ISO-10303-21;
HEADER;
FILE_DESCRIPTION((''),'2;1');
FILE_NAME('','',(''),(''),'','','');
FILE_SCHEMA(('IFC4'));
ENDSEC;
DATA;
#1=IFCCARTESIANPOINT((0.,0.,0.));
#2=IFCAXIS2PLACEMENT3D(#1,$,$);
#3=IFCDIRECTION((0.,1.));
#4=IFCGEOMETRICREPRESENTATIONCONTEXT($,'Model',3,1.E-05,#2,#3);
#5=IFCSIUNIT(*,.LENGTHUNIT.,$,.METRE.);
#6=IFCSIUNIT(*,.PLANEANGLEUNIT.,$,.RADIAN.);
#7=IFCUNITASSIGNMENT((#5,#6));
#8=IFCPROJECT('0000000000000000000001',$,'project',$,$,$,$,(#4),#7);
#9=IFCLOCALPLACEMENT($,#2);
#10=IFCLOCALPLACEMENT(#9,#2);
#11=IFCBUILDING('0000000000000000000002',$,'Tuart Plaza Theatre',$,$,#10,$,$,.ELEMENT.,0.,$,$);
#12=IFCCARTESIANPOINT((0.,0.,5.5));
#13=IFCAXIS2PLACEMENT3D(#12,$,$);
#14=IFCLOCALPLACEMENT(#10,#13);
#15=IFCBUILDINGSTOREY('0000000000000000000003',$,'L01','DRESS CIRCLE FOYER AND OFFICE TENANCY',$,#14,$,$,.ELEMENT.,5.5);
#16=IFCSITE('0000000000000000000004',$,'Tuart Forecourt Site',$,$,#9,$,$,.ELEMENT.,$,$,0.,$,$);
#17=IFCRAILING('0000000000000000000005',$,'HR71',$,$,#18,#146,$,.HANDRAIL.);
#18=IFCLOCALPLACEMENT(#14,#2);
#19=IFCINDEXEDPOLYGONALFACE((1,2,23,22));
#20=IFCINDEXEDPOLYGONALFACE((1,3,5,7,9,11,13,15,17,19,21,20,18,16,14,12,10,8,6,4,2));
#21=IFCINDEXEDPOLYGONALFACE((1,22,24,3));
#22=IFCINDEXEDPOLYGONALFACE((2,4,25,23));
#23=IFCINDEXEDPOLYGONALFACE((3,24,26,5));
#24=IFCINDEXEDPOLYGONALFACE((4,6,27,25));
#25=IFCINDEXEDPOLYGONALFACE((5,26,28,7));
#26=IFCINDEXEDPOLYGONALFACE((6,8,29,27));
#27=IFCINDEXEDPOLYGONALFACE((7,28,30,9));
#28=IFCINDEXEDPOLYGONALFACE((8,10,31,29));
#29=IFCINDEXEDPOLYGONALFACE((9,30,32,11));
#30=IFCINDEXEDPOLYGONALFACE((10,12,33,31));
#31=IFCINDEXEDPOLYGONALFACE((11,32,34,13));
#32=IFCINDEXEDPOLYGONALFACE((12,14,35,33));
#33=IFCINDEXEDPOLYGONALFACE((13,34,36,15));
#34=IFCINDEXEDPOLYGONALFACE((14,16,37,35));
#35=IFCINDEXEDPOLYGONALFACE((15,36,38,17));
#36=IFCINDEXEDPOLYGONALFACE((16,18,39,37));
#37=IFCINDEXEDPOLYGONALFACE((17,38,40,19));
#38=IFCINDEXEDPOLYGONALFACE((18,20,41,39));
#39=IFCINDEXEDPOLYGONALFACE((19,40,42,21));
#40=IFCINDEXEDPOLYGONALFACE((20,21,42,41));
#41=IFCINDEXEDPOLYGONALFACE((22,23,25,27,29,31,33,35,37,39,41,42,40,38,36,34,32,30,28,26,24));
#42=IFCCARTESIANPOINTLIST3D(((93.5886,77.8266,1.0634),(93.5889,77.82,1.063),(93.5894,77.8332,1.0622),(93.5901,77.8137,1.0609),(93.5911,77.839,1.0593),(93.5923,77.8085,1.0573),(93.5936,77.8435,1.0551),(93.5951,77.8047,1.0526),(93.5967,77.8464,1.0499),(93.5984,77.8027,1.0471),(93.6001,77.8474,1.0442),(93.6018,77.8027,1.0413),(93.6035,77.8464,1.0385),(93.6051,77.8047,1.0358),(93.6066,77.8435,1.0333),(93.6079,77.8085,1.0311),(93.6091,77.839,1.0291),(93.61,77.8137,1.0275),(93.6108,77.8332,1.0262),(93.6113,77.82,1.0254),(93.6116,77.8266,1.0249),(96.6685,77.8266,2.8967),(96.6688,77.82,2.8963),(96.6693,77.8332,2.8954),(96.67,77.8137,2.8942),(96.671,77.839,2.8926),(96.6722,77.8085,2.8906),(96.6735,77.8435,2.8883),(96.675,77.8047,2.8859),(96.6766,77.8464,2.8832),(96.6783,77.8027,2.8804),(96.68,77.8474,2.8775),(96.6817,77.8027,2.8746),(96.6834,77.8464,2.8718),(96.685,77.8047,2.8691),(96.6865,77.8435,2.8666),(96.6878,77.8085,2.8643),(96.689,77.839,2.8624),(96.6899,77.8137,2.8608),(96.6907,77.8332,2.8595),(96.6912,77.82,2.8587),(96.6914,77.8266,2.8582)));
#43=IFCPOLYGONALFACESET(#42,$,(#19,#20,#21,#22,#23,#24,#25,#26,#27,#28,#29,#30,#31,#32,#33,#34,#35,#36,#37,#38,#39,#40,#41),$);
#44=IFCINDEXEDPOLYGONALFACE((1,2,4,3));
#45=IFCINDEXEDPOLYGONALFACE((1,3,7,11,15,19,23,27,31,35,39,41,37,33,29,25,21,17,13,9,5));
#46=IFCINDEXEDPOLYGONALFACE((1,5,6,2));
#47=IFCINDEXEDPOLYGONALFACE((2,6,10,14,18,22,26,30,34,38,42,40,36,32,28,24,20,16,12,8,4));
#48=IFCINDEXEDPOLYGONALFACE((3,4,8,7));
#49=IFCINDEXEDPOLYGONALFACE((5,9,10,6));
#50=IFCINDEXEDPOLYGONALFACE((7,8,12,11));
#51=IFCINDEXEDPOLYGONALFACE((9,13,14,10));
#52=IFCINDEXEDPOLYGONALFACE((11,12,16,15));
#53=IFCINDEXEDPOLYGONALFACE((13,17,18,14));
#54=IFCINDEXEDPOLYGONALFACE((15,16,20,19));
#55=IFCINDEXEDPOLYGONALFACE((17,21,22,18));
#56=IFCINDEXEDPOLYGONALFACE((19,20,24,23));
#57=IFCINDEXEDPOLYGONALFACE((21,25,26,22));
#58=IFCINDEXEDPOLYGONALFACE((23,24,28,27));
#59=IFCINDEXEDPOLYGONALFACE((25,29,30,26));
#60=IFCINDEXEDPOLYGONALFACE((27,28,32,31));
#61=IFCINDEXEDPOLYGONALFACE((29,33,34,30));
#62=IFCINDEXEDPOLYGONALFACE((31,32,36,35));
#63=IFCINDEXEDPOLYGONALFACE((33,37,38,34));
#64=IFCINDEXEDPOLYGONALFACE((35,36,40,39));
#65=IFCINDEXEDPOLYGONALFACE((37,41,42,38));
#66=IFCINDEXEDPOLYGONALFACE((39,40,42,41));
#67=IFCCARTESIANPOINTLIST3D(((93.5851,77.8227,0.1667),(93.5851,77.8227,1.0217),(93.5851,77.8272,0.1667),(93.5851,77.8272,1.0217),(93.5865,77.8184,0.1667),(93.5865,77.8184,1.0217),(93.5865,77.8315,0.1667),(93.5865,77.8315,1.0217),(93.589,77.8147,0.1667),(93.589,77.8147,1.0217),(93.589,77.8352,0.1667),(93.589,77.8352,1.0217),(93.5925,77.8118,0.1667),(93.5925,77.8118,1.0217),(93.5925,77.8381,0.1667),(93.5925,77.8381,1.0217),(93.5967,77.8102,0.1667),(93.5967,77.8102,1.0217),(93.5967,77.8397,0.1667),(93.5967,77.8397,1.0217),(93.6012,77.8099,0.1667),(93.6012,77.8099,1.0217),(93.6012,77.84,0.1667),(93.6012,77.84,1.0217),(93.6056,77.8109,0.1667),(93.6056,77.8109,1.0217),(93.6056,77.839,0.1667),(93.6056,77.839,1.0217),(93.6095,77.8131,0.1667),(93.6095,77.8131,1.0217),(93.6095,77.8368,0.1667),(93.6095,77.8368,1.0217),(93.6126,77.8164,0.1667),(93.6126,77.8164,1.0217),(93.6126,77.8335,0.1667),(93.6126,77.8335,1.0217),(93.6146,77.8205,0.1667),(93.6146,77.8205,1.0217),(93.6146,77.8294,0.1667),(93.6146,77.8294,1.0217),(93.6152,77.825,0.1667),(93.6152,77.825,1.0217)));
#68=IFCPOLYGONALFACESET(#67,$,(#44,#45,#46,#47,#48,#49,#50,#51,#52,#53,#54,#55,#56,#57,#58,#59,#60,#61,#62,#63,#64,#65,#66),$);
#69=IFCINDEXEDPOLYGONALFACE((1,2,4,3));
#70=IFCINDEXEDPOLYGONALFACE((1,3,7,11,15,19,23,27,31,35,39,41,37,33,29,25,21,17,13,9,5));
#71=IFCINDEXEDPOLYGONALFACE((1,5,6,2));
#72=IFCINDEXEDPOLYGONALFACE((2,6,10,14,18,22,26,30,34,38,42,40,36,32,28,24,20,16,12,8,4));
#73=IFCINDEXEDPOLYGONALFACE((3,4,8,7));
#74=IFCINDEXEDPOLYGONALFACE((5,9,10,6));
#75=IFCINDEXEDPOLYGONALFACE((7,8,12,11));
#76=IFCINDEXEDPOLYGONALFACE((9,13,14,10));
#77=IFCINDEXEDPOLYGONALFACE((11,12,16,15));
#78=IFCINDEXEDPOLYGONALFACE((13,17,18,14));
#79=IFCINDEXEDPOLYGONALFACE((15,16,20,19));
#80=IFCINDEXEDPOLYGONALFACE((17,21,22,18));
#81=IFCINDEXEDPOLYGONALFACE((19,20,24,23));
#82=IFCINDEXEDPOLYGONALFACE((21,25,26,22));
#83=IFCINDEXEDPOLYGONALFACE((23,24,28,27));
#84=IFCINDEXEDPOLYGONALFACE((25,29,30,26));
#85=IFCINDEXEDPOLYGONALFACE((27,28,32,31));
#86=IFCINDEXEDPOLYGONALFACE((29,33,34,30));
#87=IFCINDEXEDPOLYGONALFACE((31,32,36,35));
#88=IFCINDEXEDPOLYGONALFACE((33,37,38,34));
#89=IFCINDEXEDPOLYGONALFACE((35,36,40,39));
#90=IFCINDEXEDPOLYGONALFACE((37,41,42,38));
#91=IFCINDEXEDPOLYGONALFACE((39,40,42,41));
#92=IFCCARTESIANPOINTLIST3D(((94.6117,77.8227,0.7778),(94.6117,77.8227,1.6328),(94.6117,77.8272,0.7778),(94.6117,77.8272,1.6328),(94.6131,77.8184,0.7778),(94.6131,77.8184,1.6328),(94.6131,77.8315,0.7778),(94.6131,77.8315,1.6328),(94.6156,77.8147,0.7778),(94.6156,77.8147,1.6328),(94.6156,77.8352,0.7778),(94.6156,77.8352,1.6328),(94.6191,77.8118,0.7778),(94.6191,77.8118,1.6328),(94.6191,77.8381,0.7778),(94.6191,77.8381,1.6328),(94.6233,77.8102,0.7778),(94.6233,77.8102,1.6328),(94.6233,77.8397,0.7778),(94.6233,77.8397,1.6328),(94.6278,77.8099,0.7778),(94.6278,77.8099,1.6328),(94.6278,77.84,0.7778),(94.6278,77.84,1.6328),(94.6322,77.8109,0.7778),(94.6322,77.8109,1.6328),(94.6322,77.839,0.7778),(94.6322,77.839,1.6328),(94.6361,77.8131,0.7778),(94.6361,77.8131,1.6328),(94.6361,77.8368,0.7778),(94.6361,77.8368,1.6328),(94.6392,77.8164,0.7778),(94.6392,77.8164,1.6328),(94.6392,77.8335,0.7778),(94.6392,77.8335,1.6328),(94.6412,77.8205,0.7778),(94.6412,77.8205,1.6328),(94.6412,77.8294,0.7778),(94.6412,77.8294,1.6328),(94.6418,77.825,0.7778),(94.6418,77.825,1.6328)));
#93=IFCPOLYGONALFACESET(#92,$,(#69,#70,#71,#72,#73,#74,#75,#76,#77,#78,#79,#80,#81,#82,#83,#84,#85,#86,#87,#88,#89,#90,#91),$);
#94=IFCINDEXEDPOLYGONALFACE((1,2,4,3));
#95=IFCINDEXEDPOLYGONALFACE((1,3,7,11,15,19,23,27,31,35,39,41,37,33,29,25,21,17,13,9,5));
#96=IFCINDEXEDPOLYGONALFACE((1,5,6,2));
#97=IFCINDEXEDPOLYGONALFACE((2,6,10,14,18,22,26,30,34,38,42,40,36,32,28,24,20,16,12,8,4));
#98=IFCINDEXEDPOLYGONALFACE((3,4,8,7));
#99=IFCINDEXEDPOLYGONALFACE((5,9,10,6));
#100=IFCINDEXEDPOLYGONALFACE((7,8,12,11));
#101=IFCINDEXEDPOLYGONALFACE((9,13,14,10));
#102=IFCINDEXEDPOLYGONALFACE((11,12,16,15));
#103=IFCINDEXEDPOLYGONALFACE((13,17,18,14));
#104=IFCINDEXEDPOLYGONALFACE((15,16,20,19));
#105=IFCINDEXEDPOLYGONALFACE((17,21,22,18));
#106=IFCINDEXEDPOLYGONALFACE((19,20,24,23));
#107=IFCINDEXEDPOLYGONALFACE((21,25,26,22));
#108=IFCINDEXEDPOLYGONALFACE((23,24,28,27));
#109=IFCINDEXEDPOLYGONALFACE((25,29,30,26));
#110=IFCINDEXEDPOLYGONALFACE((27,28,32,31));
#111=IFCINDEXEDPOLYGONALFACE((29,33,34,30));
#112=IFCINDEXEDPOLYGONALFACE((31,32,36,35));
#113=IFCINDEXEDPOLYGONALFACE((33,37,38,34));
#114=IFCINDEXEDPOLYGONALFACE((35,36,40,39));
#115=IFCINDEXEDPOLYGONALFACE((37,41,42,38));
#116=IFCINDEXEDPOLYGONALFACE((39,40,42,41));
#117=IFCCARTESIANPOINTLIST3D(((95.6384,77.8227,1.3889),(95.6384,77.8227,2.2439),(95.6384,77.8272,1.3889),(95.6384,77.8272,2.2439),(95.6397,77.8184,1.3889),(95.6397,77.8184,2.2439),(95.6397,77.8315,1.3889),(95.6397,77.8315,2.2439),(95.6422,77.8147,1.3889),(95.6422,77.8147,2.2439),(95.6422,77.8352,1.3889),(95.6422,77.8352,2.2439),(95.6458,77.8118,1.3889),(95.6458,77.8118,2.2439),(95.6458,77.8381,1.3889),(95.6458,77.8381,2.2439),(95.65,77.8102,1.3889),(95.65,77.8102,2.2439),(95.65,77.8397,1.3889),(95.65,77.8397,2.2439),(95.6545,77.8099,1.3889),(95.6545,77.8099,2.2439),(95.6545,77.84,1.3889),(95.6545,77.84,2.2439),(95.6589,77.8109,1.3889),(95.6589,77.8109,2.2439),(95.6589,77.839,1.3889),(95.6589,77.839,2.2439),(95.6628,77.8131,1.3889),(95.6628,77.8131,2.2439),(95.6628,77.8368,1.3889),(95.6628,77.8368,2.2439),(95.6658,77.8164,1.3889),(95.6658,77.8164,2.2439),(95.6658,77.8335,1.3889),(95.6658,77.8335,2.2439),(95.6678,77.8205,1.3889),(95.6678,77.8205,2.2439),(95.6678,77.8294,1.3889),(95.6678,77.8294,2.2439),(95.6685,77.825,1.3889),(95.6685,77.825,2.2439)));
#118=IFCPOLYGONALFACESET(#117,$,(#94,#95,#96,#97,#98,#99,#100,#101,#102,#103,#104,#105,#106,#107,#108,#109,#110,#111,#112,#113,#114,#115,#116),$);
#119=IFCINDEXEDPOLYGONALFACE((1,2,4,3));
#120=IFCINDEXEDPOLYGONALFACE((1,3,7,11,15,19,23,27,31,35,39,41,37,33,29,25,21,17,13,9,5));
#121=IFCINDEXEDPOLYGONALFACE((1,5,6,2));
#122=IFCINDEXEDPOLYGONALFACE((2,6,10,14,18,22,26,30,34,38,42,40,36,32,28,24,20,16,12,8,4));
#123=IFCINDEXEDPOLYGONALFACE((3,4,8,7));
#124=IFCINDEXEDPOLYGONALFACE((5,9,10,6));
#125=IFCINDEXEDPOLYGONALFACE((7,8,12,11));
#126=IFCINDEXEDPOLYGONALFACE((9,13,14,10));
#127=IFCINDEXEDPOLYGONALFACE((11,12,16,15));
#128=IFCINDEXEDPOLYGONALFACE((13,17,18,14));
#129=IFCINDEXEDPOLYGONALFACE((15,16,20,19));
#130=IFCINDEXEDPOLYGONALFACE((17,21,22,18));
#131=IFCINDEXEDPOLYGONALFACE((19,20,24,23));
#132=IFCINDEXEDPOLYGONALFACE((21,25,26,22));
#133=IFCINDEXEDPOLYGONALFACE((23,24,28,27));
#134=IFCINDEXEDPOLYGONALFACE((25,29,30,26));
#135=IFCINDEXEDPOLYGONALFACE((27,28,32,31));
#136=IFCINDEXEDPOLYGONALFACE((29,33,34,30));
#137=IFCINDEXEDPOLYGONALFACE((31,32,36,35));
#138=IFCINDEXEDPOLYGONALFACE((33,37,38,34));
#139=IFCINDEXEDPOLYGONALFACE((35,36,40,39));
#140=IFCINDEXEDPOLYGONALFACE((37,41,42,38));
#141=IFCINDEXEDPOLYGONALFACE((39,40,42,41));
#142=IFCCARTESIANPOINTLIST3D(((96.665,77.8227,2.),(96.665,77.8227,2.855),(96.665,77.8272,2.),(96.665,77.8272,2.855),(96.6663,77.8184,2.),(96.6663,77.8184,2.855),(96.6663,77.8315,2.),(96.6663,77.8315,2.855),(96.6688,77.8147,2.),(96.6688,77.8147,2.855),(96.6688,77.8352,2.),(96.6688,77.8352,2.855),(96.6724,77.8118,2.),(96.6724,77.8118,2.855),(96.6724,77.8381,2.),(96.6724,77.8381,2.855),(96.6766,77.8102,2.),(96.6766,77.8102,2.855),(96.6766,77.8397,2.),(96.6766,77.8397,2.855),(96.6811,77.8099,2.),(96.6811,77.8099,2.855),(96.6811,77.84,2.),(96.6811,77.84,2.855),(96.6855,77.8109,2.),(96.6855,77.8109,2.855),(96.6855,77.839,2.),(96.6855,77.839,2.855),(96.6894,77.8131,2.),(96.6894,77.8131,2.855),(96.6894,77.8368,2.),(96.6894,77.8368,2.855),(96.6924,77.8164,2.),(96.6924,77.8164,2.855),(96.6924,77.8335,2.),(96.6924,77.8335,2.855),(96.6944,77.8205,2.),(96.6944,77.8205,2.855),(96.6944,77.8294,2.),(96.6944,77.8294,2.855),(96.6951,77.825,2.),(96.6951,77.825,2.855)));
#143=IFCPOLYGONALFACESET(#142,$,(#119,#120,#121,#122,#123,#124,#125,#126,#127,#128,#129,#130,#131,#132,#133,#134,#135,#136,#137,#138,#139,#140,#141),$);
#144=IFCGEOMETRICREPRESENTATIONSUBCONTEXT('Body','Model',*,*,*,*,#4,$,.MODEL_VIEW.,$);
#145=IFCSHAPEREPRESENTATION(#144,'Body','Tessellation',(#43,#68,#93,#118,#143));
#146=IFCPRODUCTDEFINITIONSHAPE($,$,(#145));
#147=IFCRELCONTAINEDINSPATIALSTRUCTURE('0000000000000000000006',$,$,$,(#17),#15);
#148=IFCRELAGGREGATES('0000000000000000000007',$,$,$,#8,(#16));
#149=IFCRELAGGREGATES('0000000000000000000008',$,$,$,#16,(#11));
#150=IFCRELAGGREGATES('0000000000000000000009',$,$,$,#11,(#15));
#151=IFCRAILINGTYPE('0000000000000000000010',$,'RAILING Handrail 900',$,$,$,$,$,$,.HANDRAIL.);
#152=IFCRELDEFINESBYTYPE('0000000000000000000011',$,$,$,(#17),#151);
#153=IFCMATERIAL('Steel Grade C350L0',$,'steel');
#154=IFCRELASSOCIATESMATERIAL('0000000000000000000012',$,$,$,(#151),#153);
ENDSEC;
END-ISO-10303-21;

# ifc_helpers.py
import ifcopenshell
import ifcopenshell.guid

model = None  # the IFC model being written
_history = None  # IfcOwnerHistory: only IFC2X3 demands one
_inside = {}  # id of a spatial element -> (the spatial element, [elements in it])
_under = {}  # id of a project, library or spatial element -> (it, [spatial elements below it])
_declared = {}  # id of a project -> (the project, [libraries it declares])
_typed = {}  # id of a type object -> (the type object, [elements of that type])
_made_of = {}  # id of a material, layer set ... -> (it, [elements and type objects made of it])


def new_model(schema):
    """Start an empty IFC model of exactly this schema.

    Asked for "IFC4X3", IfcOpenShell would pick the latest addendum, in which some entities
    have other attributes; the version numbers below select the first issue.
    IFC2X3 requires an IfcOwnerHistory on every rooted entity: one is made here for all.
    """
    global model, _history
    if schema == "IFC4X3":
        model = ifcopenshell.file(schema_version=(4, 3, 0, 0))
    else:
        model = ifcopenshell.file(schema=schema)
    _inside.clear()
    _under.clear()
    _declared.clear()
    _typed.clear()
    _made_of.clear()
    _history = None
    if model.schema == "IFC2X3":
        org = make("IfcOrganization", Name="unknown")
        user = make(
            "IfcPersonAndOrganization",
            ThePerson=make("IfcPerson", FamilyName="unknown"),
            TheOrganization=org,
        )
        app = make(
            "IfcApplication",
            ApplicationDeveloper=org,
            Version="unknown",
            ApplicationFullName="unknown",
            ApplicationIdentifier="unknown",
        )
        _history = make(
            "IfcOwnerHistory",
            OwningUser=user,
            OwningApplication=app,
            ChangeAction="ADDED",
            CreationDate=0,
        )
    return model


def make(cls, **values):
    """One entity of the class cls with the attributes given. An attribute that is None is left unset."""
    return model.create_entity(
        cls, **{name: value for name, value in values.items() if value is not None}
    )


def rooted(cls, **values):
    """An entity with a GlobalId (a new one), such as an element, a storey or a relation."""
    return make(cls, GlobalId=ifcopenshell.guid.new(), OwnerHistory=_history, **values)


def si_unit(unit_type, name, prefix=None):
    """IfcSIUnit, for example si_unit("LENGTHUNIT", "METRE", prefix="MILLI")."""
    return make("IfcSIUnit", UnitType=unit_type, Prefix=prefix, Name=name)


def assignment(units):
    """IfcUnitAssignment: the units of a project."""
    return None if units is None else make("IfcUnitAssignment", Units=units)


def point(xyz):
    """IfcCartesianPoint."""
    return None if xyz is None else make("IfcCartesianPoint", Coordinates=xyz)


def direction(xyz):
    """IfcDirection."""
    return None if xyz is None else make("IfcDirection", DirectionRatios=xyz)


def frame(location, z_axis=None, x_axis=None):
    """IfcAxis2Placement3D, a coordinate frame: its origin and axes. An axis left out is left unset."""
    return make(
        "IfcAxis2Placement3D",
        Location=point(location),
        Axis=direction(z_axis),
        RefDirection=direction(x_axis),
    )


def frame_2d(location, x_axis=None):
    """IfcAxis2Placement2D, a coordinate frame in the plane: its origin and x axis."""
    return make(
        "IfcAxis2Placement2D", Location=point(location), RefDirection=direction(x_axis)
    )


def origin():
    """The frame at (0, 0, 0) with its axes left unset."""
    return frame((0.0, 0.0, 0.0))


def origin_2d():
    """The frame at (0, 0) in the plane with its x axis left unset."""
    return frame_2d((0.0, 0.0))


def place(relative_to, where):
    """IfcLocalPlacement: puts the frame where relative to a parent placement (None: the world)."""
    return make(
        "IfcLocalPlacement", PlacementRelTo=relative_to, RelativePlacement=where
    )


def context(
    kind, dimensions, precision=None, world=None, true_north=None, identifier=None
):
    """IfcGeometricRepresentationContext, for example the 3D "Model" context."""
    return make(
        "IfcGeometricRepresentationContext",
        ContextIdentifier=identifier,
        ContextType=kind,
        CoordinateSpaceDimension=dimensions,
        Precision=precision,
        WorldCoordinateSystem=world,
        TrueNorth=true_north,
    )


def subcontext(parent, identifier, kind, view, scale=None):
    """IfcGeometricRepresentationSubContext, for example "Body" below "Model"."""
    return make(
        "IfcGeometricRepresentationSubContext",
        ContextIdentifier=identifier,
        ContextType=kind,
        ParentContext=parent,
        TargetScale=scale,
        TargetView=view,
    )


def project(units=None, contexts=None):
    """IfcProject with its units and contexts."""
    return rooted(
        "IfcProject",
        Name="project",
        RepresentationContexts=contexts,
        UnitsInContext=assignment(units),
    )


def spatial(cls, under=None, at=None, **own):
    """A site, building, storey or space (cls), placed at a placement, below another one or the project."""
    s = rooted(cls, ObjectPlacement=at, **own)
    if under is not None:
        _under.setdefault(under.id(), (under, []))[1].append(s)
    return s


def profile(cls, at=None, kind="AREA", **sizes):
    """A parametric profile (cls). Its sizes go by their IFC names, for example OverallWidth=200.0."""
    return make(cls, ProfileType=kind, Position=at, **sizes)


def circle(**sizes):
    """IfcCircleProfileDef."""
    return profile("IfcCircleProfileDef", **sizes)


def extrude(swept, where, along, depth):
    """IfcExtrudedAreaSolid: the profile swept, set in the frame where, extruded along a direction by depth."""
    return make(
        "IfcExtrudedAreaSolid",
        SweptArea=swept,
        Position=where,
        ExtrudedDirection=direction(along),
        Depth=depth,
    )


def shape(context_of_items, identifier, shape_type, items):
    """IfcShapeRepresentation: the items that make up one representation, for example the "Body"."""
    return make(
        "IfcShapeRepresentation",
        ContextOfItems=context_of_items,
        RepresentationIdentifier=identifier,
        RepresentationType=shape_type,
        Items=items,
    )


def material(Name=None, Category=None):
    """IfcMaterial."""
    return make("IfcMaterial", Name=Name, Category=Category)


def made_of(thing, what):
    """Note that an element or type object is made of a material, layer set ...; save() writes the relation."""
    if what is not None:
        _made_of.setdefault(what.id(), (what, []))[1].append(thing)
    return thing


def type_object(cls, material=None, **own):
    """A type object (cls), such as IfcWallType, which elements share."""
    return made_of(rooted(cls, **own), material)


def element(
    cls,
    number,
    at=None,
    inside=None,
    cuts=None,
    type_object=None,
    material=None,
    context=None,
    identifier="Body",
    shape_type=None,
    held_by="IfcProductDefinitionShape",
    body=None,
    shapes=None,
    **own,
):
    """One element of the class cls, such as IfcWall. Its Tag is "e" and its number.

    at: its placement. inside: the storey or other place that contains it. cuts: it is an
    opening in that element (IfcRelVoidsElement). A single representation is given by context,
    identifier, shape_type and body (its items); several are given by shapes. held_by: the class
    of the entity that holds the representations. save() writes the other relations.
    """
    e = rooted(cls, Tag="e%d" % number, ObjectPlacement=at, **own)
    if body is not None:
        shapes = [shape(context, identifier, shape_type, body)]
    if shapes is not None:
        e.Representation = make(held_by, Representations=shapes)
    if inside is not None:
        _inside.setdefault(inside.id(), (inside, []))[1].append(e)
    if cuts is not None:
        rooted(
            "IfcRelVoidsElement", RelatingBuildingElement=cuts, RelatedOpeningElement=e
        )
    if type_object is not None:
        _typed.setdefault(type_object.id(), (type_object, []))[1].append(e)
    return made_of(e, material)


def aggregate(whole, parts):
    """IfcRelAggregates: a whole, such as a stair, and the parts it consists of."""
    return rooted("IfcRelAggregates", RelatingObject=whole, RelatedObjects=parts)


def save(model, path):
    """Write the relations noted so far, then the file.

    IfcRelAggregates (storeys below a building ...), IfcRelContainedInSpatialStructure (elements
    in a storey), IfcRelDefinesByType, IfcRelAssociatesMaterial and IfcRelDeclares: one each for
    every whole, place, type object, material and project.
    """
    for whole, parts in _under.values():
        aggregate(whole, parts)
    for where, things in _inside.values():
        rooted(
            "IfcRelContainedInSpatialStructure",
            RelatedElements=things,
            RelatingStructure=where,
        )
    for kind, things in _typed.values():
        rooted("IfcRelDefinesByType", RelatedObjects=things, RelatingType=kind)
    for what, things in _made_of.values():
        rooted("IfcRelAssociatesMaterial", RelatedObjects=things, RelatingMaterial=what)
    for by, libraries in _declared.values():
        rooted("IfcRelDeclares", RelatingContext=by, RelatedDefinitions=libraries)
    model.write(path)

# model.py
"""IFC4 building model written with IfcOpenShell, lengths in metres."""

from ifc_helpers import new_model, si_unit, direction, frame, origin, origin_2d, place, context, subcontext, project, spatial, circle, extrude, material, type_object, element, save


model = new_model("IFC4")

# Units and contexts
model_context = context("Model", 3, precision=1e-05, world=origin(), true_north=direction((0.0, 1.0)))
body_context = subcontext(model_context, "Body", "Model", "MODEL_VIEW")
ifc_project = project(units=[si_unit("LENGTHUNIT", "METRE"), si_unit("PLANEANGLEUNIT", "RADIAN")], contexts=[model_context])

# Site, building, storey
site_placement = place(None, origin())
site = spatial("IfcSite", under=ifc_project, at=site_placement, Name="Tuart Forecourt Site", CompositionType="ELEMENT", RefElevation=0.0)
building_placement = place(site_placement, origin())
building = spatial("IfcBuilding", under=site, at=building_placement, Name="Tuart Plaza Theatre", CompositionType="ELEMENT", ElevationOfRefHeight=0.0)
storey_placement = place(building_placement, frame((0.0, 0.0, 5.5)))
storey = spatial("IfcBuildingStorey", under=building, at=storey_placement, Name="L01", Description="DRESS CIRCLE FOYER AND OFFICE TENANCY", CompositionType="ELEMENT", Elevation=5.5)

# Railing
ifc_material_1 = material(Name="Steel Grade C350L0", Category="steel")
railing_type_1 = type_object("IfcRailingType", Name="RAILING Handrail 900", PredefinedType="HANDRAIL", material=ifc_material_1)
for number, where, name in (
    (1, (93.6001, 77.825, 0.1667), "HR71"),
):
    element("IfcRailing", number, at=place(storey_placement, frame(where)), inside=storey, type_object=railing_type_1, Name=name, PredefinedType="HANDRAIL", context=body_context, shape_type="SweptSolid", body=[
        extrude(circle(Radius=0.0225, at=origin_2d()), frame((0.0, 0.0, 0.8774), z_axis=(0.859291, 0.0, 0.511487), x_axis=(0.0, 1.0, 0.0)), (0.0, 0.0, 1.0), 3.5842),
        extrude(circle(Radius=0.0151, at=origin_2d()), origin(), (0.0, 0.0, 1.0), 0.855),
        extrude(circle(Radius=0.0151, at=origin_2d()), frame((1.0266, 0.0, 0.6111)), (0.0, 0.0, 1.0), 0.855),
        extrude(circle(Radius=0.0151, at=origin_2d()), frame((2.0532, 0.0, 1.2222)), (0.0, 0.0, 1.0), 0.855),
        extrude(circle(Radius=0.0151, at=origin_2d()), frame((3.0798, 0.0, 1.8333)), (0.0, 0.0, 1.0), 0.855),
    ])

save(model, "model.ifc")
